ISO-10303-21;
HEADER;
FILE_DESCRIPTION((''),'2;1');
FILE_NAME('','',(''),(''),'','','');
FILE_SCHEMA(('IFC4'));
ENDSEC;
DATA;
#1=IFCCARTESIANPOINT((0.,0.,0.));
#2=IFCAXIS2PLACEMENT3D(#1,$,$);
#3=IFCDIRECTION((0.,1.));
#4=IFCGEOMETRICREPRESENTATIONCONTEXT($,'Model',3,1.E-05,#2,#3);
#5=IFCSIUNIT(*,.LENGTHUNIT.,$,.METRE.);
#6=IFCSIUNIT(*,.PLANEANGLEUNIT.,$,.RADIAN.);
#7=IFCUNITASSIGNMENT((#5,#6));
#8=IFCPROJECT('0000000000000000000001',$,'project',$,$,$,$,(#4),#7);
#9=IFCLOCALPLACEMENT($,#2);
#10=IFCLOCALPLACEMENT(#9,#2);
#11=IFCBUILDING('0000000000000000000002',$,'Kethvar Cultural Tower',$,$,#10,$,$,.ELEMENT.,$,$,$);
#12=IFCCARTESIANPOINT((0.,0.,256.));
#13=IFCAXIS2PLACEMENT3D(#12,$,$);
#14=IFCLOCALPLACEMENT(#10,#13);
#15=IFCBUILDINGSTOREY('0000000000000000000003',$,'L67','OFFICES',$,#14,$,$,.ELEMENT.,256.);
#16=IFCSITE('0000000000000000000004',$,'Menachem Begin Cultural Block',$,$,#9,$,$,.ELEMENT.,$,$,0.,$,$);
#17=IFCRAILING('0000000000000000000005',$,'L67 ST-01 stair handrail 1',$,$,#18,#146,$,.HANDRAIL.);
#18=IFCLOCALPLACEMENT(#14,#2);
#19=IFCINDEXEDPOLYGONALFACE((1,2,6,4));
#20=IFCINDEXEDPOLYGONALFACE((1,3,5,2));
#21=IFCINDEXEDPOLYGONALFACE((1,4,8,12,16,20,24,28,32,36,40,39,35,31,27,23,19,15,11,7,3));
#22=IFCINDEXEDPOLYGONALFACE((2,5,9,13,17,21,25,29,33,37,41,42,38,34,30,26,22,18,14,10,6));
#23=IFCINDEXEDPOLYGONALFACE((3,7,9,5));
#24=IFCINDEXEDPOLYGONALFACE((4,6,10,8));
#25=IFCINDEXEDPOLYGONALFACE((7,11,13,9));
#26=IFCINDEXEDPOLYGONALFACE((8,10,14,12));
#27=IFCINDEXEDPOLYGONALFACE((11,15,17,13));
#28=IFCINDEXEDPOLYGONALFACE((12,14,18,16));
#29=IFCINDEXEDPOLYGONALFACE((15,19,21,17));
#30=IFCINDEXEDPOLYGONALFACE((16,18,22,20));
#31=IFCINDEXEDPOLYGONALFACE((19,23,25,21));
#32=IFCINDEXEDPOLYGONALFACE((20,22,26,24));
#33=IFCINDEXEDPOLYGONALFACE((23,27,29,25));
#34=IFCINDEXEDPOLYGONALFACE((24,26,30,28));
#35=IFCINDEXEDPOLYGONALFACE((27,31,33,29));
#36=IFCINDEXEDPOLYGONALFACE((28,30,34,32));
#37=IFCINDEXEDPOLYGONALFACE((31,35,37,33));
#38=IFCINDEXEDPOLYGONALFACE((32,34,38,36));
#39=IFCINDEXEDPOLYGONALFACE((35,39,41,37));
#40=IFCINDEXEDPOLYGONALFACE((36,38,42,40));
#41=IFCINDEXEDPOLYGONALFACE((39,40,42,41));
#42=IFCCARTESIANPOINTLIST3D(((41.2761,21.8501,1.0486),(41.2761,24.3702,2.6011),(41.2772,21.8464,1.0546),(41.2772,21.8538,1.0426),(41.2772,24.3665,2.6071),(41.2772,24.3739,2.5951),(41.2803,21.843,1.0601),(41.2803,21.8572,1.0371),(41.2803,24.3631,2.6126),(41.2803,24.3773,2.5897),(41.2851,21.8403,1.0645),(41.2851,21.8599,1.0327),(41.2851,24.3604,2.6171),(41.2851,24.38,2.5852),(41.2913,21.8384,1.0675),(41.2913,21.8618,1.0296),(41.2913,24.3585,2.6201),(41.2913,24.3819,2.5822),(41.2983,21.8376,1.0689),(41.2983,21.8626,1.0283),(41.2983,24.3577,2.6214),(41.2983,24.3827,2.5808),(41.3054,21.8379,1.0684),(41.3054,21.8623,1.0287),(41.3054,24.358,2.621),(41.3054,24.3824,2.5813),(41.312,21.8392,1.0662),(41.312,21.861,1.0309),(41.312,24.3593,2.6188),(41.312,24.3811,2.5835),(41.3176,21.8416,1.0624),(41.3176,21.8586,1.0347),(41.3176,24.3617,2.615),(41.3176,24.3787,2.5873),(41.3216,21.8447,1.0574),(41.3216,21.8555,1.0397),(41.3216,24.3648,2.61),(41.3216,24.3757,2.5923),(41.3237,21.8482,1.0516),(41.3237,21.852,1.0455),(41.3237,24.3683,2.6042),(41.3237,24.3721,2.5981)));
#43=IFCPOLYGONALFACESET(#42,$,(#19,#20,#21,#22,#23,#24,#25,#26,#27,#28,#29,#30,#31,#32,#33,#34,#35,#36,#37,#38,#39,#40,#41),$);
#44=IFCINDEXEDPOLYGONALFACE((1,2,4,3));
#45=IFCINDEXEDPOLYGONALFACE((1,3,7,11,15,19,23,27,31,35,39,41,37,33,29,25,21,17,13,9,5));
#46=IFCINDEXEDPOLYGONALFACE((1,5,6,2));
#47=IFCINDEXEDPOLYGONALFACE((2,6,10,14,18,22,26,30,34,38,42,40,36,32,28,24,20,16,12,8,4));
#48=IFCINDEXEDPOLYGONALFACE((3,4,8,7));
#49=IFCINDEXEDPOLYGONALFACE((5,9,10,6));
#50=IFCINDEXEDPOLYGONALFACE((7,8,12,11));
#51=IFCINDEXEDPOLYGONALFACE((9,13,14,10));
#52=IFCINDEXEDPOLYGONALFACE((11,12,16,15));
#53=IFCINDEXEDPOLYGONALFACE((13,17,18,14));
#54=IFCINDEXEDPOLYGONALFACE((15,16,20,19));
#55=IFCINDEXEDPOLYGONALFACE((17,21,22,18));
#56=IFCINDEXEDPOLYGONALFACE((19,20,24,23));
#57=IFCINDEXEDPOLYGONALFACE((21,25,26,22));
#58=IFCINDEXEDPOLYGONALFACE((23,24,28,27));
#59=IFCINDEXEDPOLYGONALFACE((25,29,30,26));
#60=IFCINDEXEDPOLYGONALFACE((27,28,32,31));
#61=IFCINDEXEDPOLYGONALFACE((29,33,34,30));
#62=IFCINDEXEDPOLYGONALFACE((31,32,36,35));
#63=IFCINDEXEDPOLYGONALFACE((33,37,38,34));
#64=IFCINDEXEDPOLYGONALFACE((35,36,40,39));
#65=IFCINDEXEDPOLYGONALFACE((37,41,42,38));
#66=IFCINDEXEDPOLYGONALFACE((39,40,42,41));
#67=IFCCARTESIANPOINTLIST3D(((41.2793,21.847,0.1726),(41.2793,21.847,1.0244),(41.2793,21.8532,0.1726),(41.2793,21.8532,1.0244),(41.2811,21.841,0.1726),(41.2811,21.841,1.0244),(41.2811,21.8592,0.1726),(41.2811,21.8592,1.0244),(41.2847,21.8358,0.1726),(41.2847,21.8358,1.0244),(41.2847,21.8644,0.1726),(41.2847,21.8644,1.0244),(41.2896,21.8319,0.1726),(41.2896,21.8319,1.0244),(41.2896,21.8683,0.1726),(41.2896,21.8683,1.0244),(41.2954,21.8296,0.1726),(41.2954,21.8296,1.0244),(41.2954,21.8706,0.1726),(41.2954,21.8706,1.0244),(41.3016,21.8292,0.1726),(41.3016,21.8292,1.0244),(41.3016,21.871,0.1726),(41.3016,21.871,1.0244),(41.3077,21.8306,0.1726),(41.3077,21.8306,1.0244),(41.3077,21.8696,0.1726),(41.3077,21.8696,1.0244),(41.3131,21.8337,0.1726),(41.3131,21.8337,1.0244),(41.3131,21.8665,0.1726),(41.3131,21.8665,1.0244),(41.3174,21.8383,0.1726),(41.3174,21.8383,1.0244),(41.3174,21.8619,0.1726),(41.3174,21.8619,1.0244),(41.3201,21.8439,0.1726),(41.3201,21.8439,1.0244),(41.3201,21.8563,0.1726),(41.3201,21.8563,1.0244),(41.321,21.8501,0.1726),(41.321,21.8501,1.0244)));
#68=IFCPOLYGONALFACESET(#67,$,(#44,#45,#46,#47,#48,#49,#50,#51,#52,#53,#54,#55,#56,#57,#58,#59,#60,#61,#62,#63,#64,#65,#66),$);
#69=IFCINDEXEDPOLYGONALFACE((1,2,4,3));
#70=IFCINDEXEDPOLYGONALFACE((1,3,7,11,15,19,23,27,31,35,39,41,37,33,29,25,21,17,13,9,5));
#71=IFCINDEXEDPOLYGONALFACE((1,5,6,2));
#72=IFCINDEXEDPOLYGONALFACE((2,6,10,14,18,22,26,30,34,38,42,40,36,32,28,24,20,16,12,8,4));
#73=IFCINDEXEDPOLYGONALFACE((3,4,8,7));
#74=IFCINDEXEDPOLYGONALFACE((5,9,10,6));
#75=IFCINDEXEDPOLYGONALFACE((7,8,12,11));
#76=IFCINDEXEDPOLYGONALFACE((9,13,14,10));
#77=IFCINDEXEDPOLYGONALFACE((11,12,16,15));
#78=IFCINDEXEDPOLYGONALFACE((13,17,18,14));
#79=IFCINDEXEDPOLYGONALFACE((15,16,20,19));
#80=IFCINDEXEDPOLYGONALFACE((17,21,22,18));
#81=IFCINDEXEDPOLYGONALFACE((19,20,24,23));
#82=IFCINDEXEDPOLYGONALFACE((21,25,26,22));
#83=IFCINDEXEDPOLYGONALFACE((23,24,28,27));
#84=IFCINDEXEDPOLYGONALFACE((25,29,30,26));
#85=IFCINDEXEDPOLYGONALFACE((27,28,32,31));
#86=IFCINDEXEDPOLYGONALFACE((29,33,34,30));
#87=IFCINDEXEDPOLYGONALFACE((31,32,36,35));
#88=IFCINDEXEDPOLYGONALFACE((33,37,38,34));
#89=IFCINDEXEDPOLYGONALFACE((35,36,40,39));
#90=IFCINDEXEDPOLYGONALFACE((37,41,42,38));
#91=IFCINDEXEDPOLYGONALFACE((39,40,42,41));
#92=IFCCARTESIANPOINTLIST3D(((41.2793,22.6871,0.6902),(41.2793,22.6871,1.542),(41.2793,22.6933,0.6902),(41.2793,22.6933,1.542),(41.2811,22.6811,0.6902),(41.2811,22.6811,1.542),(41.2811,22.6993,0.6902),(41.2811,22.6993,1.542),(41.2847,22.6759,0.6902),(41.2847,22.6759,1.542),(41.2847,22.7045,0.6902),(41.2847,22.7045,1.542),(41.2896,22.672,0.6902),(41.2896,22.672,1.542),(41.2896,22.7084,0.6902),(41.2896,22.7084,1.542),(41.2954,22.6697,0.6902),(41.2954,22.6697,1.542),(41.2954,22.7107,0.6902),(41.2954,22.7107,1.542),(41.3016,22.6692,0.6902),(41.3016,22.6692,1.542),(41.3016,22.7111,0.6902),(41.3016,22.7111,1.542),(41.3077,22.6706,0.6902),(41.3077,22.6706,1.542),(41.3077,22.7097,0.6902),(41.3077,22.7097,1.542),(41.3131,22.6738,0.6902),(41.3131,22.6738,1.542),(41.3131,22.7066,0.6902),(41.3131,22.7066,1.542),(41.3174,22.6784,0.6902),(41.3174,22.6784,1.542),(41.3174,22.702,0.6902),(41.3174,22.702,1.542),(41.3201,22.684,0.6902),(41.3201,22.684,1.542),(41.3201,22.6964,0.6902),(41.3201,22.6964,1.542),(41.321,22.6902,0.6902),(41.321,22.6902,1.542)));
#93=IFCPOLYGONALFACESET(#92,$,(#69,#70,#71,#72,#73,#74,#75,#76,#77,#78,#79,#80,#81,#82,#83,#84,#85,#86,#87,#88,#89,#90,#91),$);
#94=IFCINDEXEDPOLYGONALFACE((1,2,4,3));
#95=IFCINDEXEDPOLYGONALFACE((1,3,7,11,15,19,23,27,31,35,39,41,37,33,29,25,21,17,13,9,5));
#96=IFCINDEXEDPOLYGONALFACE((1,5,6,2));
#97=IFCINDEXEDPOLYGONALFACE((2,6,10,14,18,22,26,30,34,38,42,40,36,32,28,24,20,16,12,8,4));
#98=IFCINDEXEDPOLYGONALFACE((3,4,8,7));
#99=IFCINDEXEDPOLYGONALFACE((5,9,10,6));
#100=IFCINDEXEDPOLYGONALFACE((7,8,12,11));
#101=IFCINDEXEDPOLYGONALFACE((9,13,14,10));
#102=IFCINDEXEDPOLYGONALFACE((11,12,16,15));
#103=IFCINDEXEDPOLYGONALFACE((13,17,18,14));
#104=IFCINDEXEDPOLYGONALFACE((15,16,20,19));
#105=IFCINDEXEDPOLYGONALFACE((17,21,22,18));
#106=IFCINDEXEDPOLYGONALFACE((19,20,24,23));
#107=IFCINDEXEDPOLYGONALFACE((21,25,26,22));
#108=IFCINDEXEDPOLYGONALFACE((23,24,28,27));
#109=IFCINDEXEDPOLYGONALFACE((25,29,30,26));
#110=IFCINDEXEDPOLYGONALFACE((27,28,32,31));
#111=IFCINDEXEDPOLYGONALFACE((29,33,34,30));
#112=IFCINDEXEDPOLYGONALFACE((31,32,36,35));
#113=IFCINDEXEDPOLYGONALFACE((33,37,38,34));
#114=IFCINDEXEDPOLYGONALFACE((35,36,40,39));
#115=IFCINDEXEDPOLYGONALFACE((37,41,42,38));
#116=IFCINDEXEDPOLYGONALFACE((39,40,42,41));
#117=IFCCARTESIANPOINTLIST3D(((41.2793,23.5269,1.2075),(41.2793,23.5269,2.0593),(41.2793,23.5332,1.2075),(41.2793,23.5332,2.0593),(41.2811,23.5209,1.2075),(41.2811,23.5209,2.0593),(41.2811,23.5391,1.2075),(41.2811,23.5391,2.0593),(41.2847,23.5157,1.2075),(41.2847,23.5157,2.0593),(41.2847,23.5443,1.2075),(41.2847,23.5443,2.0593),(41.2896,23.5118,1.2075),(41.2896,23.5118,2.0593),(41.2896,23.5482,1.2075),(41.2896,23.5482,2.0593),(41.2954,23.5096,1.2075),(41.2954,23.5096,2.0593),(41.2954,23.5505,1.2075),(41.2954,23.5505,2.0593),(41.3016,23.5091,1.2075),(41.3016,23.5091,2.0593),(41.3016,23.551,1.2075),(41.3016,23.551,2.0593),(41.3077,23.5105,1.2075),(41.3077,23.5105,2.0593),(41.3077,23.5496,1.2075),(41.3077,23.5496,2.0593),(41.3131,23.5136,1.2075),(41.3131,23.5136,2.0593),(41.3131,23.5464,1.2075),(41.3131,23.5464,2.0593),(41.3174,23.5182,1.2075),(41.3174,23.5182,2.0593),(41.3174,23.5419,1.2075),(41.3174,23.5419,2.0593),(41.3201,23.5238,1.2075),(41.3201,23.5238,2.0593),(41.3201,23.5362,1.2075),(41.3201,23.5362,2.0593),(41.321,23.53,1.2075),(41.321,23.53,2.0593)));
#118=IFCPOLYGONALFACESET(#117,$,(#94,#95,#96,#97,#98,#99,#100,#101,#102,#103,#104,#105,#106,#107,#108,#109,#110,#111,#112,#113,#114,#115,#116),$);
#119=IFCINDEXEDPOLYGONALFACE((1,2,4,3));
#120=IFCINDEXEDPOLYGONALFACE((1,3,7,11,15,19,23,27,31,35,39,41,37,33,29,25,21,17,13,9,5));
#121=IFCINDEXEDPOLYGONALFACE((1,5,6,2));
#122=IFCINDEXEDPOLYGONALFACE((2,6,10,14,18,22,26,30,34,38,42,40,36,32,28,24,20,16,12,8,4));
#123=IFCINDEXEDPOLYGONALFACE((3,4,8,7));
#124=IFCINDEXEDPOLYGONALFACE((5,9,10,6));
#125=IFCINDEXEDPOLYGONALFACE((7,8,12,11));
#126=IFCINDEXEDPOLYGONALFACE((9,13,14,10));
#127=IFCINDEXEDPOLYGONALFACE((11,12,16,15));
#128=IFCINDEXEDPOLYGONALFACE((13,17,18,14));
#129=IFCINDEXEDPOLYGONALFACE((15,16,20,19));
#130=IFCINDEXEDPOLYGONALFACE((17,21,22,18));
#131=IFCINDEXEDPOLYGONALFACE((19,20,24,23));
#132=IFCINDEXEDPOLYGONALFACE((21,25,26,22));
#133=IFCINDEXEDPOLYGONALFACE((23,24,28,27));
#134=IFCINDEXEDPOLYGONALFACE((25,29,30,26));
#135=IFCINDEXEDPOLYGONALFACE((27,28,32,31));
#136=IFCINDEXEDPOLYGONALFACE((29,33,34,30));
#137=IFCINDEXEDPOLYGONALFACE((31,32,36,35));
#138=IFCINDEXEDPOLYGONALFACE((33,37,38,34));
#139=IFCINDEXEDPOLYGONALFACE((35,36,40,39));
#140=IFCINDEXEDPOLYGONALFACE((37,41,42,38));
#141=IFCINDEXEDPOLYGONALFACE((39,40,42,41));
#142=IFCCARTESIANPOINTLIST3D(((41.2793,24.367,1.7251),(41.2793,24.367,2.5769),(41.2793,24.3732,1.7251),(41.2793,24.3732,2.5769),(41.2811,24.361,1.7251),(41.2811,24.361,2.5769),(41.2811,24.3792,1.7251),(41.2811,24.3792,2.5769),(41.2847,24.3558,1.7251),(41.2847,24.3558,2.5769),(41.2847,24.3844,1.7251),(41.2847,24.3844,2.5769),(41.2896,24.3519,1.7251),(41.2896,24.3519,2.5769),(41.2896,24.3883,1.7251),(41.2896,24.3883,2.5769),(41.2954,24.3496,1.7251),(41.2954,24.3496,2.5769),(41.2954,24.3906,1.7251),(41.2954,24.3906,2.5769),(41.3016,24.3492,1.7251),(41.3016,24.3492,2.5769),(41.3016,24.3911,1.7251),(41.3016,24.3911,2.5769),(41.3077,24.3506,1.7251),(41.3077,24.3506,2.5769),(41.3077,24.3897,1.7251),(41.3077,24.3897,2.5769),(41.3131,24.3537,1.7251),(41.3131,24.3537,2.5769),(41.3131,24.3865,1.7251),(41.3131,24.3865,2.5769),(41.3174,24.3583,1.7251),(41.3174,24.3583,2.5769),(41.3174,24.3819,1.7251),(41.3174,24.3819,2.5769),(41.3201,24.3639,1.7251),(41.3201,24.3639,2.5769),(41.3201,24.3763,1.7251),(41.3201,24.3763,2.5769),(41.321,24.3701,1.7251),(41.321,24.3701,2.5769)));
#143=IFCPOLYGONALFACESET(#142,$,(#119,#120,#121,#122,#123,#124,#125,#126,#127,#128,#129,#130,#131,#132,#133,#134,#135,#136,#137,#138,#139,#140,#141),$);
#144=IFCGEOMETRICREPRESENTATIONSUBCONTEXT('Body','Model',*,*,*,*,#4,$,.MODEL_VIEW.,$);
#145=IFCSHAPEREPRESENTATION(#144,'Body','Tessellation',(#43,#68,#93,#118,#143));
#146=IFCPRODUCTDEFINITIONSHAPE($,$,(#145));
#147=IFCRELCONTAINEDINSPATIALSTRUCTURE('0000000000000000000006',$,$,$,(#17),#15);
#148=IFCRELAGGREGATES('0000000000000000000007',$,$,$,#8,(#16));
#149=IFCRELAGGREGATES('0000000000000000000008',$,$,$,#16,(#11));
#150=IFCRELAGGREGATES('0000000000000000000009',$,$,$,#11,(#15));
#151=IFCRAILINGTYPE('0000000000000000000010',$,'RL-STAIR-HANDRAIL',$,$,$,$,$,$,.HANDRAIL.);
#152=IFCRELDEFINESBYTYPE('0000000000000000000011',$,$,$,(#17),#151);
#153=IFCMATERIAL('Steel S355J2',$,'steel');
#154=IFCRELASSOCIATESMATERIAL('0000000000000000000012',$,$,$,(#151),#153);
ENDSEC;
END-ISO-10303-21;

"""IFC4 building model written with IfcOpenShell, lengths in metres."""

from ifc_helpers import new_model, si_unit, direction, frame, origin, origin_2d, place, context, subcontext, project, spatial, circle, extrude, material, type_object, element, save


model = new_model("IFC4")

# Units and contexts
model_context = context("Model", 3, precision=1e-05, world=origin(), true_north=direction((0.0, 1.0)))
body_context = subcontext(model_context, "Body", "Model", "MODEL_VIEW")
ifc_project = project(units=[si_unit("LENGTHUNIT", "METRE"), si_unit("PLANEANGLEUNIT", "RADIAN")], contexts=[model_context])

# Site, building, storey
site_placement = place(None, origin())
site = spatial("IfcSite", under=ifc_project, at=site_placement, Name="Menachem Begin Cultural Block", CompositionType="ELEMENT", RefElevation=0.0)
building_placement = place(site_placement, origin())
building = spatial("IfcBuilding", under=site, at=building_placement, Name="Kethvar Cultural Tower", CompositionType="ELEMENT")
storey_placement = place(building_placement, frame((0.0, 0.0, 256.0)))
storey = spatial("IfcBuildingStorey", under=building, at=storey_placement, Name="L67", Description="OFFICES", CompositionType="ELEMENT", Elevation=256.0)

# Shared definitions
ifc_material_1 = material(Name="Steel S355J2", Category="steel")

# Railing
railing_type_1 = type_object("IfcRailingType", Name="RL-STAIR-HANDRAIL", PredefinedType="HANDRAIL", material=ifc_material_1)
railing_1_placement = place(storey_placement, frame((41.3, 21.8501, 0.1726)))
element("IfcRailing", 1, at=railing_1_placement, inside=storey, type_object=railing_type_1, Name="L67 ST-01 stair handrail 1", PredefinedType="HANDRAIL", context=body_context, shape_type="SweptSolid", body=[
    extrude(circle(Radius=0.0239, at=origin_2d()), frame((0.0, 0.0, 0.876), z_axis=(0.0, 0.8514, 0.524516), x_axis=(-1.0, 0.0, 0.0)), (0.0, 0.0, 1.0), 2.96),
    extrude(circle(Radius=0.021, at=origin_2d()), origin(), (0.0, 0.0, 1.0), 0.8518),
    extrude(circle(Radius=0.021, at=origin_2d()), frame((0.0, 0.8401, 0.5176)), (0.0, 0.0, 1.0), 0.8518),
    extrude(circle(Radius=0.021, at=origin_2d()), frame((0.0, 1.6799, 1.0349)), (0.0, 0.0, 1.0), 0.8518),
    extrude(circle(Radius=0.021, at=origin_2d()), frame((0.0, 2.52, 1.5525)), (0.0, 0.0, 1.0), 0.8518),
])

save(model, "model.ifc")
